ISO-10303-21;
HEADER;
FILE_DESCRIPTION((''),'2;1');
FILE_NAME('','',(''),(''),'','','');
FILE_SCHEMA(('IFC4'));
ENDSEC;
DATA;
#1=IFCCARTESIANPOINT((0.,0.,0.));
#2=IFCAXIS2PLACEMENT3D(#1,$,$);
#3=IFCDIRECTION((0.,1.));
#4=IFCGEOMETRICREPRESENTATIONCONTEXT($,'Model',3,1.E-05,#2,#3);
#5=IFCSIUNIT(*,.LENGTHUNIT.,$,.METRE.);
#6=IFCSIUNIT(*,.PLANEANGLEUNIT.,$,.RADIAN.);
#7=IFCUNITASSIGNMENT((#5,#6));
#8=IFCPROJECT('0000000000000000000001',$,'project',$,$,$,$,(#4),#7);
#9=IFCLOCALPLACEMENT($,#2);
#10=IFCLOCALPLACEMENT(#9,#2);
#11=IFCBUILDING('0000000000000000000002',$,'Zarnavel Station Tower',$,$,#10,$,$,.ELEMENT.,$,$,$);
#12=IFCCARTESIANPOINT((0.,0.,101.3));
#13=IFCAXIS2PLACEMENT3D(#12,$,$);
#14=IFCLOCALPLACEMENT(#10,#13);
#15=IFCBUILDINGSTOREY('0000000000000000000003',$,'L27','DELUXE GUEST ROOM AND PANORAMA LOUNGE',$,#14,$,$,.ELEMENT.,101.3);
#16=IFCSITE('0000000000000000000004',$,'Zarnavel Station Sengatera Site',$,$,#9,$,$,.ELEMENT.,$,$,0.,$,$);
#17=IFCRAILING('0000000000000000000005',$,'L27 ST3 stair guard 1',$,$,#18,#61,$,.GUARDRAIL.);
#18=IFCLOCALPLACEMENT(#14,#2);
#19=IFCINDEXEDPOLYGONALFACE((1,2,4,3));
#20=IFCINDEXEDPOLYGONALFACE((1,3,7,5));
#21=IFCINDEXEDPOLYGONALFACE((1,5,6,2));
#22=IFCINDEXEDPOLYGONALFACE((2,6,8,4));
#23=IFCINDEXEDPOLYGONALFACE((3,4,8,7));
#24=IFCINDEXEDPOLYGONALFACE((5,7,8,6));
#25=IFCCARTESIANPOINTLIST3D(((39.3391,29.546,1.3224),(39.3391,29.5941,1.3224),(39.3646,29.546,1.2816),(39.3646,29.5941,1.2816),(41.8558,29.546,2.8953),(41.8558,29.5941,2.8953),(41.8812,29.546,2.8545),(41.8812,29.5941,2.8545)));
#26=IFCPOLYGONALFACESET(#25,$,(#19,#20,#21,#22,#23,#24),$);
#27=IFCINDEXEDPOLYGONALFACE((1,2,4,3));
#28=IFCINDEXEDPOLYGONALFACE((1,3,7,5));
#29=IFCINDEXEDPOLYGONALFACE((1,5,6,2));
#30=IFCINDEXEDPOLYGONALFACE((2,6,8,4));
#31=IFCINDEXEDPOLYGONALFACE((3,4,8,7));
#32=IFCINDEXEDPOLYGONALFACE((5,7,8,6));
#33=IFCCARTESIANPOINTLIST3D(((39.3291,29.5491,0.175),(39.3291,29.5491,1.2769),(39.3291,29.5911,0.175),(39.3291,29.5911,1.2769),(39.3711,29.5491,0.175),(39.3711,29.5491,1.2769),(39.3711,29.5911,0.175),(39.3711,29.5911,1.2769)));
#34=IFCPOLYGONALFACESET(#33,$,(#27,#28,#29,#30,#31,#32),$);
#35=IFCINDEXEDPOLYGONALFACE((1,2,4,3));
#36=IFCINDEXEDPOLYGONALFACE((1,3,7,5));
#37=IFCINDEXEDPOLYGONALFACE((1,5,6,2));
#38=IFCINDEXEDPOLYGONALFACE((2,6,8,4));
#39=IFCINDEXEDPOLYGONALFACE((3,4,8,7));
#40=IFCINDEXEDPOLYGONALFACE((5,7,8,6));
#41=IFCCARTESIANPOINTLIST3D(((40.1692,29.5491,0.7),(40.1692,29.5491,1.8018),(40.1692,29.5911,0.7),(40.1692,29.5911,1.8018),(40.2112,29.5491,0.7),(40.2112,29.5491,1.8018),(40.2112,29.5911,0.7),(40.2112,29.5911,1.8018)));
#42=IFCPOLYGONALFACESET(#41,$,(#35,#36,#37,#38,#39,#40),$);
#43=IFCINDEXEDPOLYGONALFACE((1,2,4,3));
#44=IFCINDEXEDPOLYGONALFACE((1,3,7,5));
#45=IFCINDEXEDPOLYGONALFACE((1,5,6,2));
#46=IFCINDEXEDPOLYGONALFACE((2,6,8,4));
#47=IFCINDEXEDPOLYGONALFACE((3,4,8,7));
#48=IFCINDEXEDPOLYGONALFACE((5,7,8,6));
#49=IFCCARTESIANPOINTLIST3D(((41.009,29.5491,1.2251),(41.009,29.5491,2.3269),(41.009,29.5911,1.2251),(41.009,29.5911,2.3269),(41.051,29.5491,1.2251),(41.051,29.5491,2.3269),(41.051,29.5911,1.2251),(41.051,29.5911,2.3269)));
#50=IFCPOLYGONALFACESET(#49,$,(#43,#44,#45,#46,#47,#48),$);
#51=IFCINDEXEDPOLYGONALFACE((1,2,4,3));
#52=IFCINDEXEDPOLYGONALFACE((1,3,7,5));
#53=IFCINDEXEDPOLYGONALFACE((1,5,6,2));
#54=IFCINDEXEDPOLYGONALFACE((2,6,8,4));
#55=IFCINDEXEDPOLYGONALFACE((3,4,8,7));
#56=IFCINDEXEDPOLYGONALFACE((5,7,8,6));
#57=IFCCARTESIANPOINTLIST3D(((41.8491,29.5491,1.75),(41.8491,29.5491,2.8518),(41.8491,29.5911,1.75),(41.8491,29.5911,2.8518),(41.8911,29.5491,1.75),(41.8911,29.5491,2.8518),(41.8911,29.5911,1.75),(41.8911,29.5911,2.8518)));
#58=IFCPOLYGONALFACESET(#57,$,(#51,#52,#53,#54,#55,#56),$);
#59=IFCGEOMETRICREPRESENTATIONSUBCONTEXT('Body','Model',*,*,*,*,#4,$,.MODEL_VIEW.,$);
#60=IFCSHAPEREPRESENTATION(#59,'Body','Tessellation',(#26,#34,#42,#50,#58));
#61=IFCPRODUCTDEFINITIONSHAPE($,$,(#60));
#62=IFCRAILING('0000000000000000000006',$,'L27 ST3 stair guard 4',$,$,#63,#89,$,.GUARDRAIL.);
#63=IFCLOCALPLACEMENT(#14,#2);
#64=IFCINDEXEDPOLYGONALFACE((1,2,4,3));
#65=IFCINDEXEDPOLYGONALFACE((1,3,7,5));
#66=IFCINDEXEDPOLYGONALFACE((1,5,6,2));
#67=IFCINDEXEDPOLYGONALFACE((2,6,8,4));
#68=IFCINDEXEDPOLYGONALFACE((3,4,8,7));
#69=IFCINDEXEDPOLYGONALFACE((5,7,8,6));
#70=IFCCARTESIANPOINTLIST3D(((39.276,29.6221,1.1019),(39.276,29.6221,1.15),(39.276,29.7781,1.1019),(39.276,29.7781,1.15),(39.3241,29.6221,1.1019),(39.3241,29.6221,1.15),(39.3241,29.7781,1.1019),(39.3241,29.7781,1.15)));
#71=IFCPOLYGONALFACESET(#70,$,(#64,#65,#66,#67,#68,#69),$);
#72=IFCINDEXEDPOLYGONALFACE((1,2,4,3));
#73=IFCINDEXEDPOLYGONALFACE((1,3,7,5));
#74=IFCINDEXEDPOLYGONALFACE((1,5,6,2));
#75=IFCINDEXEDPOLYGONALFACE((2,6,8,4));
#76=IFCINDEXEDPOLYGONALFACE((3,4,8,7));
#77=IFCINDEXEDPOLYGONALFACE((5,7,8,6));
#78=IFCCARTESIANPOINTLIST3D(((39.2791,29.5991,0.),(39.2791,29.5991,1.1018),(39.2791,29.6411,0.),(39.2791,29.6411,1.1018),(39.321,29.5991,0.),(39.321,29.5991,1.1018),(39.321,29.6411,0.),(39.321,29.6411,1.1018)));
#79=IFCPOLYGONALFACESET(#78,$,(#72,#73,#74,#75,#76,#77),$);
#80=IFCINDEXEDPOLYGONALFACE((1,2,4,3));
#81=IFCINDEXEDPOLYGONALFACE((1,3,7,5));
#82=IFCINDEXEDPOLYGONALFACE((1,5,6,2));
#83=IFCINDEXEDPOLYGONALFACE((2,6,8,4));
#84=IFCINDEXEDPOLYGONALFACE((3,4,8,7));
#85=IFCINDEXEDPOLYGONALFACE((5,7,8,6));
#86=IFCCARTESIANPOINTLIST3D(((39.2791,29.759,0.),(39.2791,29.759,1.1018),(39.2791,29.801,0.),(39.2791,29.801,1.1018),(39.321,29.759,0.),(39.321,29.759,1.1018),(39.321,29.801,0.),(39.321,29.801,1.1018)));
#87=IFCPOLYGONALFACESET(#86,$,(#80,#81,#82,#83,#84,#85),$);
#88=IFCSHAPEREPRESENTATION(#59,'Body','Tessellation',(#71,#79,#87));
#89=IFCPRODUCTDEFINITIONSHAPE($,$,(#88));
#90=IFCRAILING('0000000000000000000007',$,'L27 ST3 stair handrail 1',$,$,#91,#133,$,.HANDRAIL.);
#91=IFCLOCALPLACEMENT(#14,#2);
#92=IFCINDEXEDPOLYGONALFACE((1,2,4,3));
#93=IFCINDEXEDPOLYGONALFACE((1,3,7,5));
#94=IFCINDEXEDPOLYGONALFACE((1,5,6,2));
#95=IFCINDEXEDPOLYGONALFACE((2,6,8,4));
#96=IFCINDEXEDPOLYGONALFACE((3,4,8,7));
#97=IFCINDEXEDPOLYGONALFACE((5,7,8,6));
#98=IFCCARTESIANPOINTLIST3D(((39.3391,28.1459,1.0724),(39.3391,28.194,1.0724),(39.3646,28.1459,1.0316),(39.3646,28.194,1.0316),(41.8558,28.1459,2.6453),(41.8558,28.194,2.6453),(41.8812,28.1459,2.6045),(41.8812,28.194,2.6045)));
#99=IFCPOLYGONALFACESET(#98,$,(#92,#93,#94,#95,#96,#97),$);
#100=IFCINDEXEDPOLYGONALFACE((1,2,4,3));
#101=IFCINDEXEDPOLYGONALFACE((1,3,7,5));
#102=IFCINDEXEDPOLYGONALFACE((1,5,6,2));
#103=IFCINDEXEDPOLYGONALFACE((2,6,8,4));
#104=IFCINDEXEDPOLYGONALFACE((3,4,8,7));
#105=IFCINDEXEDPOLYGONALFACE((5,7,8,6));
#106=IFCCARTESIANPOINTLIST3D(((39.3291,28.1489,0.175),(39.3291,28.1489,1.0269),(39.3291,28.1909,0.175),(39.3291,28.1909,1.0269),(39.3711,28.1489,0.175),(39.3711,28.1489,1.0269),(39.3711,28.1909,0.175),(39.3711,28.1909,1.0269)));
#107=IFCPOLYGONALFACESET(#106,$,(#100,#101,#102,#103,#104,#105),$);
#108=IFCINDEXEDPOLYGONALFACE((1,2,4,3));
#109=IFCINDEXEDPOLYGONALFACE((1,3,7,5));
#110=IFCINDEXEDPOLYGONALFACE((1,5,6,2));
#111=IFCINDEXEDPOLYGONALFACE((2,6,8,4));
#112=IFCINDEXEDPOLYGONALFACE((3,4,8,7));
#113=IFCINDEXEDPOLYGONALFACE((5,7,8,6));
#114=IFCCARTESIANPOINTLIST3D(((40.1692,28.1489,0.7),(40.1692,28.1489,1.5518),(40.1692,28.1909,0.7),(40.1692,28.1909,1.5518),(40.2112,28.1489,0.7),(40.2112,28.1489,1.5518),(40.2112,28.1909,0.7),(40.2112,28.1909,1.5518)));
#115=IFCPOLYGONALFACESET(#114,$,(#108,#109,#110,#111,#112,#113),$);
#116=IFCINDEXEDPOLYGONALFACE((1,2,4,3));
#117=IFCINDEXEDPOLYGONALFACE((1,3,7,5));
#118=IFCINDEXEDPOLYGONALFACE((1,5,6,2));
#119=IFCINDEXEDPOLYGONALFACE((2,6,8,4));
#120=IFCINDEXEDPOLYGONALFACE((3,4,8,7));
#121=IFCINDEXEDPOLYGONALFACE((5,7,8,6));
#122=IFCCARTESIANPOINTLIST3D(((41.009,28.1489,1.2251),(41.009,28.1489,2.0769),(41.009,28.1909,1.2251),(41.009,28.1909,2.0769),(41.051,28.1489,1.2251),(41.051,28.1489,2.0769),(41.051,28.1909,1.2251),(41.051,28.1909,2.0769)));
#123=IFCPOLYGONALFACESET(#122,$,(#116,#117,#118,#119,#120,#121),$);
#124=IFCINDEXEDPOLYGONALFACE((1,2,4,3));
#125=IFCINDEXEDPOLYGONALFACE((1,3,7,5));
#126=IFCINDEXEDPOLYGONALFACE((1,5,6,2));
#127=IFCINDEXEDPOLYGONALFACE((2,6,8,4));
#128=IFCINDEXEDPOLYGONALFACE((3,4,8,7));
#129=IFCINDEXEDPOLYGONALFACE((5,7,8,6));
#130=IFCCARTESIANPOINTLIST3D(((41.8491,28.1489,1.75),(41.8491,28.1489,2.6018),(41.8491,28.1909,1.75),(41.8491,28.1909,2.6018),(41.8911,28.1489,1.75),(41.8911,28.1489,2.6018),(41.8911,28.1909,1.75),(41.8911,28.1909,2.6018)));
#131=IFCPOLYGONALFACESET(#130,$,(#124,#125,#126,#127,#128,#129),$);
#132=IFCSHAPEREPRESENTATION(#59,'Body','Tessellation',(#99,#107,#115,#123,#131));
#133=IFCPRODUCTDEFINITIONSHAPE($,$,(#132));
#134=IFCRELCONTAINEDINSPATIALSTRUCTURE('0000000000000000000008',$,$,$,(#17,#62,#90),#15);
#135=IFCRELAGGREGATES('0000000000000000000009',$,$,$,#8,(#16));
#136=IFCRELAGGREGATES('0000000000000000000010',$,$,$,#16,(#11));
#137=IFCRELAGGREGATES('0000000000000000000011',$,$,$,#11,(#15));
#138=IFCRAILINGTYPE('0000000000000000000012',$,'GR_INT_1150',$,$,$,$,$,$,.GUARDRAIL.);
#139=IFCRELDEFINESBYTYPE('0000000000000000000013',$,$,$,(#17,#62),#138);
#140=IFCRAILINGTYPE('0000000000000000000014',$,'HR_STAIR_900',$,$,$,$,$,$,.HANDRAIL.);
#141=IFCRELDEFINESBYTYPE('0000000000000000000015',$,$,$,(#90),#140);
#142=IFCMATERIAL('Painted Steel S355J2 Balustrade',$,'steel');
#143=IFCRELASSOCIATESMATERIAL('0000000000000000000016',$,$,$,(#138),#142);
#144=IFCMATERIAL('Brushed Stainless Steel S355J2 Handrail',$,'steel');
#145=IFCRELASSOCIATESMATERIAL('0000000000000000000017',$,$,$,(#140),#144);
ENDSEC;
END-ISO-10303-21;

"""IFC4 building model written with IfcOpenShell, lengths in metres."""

from ifc_helpers import new_model, si_unit, direction, frame, origin, origin_2d, place, context, subcontext, project, spatial, rectangle, extrude, material, type_object, element, save


model = new_model("IFC4")

# Units and contexts
model_context = context("Model", 3, precision=1e-05, world=origin(), true_north=direction((0.0, 1.0)))
body_context = subcontext(model_context, "Body", "Model", "MODEL_VIEW")
ifc_project = project(units=[si_unit("LENGTHUNIT", "METRE"), si_unit("PLANEANGLEUNIT", "RADIAN")], contexts=[model_context])

# Site, building, storey
site_placement = place(None, origin())
site = spatial("IfcSite", under=ifc_project, at=site_placement, Name="Zarnavel Station Sengatera Site", CompositionType="ELEMENT", RefElevation=0.0)
building_placement = place(site_placement, origin())
building = spatial("IfcBuilding", under=site, at=building_placement, Name="Zarnavel Station Tower", CompositionType="ELEMENT")
storey_placement = place(building_placement, frame((0.0, 0.0, 101.3)))
storey = spatial("IfcBuildingStorey", under=building, at=storey_placement, Name="L27", Description="DELUXE GUEST ROOM AND PANORAMA LOUNGE", CompositionType="ELEMENT", Elevation=101.3)

# Railings
ifc_material_1 = material(Name="Painted Steel S355J2 Balustrade", Category="steel")
railing_type_1 = type_object("IfcRailingType", Name="GR_INT_1150", PredefinedType="GUARDRAIL", material=ifc_material_1)
railing_1_placement = place(storey_placement, frame((39.3501, 29.5701, 0.175)))
element("IfcRailing", 1, at=railing_1_placement, inside=storey, type_object=railing_type_1, Name="L27 ST3 stair guard 1", PredefinedType="GUARDRAIL", context=body_context, shape_type="SweptSolid", body=[
    extrude(rectangle(XDim=0.0481, YDim=0.0481, at=origin_2d()), frame((0.0017, 0.0, 1.127), z_axis=(0.848008, 0.0, 0.529984), x_axis=(0.0, 1.0, 0.0)), (0.0, 0.0, 1.0), 2.9678),
    extrude(rectangle(XDim=0.042, YDim=0.042, at=origin_2d()), origin(), (0.0, 0.0, 1.0), 1.1018),
    extrude(rectangle(XDim=0.042, YDim=0.042, at=origin_2d()), frame((0.8401, 0.0, 0.5249)), (0.0, 0.0, 1.0), 1.1018),
    extrude(rectangle(XDim=0.042, YDim=0.042, at=origin_2d()), frame((1.6799, 0.0, 1.05)), (0.0, 0.0, 1.0), 1.1018),
    extrude(rectangle(XDim=0.042, YDim=0.042, at=origin_2d()), frame((2.52, 0.0, 1.575)), (0.0, 0.0, 1.0), 1.1018),
])
railing_2_placement = place(storey_placement, frame((39.3, 29.6201, 0.0)))
element("IfcRailing", 2, at=railing_2_placement, inside=storey, type_object=railing_type_1, Name="L27 ST3 stair guard 4", PredefinedType="GUARDRAIL", context=body_context, shape_type="SweptSolid", body=[
    extrude(rectangle(XDim=0.0481, YDim=0.0481, at=origin_2d()), frame((0.0, 0.002, 1.126), z_axis=(0.0, 1.0, 0.0), x_axis=(-1.0, 0.0, 0.0)), (0.0, 0.0, 1.0), 0.156),
    extrude(rectangle(XDim=0.042, YDim=0.042, at=origin_2d()), origin(), (0.0, 0.0, 1.0), 1.1018),
    extrude(rectangle(XDim=0.042, YDim=0.042, at=origin_2d()), frame((0.0, 0.1599, 0.0)), (0.0, 0.0, 1.0), 1.1018),
])
ifc_material_2 = material(Name="Brushed Stainless Steel S355J2 Handrail", Category="steel")
railing_type_2 = type_object("IfcRailingType", Name="HR_STAIR_900", PredefinedType="HANDRAIL", material=ifc_material_2)
railing_3_placement = place(storey_placement, frame((39.3501, 28.1699, 0.175)))
element("IfcRailing", 3, at=railing_3_placement, inside=storey, type_object=railing_type_2, Name="L27 ST3 stair handrail 1", PredefinedType="HANDRAIL", context=body_context, shape_type="SweptSolid", body=[
    extrude(rectangle(XDim=0.0481, YDim=0.0481, at=origin_2d()), frame((0.0017, 0.0, 0.877), z_axis=(0.848008, 0.0, 0.529984), x_axis=(0.0, 1.0, 0.0)), (0.0, 0.0, 1.0), 2.9678),
    extrude(rectangle(XDim=0.042, YDim=0.042, at=origin_2d()), origin(), (0.0, 0.0, 1.0), 0.8518),
    extrude(rectangle(XDim=0.042, YDim=0.042, at=origin_2d()), frame((0.8401, 0.0, 0.5249)), (0.0, 0.0, 1.0), 0.8518),
    extrude(rectangle(XDim=0.042, YDim=0.042, at=origin_2d()), frame((1.6799, 0.0, 1.05)), (0.0, 0.0, 1.0), 0.8518),
    extrude(rectangle(XDim=0.042, YDim=0.042, at=origin_2d()), frame((2.52, 0.0, 1.575)), (0.0, 0.0, 1.0), 0.8518),
])

save(model, "model.ifc")
